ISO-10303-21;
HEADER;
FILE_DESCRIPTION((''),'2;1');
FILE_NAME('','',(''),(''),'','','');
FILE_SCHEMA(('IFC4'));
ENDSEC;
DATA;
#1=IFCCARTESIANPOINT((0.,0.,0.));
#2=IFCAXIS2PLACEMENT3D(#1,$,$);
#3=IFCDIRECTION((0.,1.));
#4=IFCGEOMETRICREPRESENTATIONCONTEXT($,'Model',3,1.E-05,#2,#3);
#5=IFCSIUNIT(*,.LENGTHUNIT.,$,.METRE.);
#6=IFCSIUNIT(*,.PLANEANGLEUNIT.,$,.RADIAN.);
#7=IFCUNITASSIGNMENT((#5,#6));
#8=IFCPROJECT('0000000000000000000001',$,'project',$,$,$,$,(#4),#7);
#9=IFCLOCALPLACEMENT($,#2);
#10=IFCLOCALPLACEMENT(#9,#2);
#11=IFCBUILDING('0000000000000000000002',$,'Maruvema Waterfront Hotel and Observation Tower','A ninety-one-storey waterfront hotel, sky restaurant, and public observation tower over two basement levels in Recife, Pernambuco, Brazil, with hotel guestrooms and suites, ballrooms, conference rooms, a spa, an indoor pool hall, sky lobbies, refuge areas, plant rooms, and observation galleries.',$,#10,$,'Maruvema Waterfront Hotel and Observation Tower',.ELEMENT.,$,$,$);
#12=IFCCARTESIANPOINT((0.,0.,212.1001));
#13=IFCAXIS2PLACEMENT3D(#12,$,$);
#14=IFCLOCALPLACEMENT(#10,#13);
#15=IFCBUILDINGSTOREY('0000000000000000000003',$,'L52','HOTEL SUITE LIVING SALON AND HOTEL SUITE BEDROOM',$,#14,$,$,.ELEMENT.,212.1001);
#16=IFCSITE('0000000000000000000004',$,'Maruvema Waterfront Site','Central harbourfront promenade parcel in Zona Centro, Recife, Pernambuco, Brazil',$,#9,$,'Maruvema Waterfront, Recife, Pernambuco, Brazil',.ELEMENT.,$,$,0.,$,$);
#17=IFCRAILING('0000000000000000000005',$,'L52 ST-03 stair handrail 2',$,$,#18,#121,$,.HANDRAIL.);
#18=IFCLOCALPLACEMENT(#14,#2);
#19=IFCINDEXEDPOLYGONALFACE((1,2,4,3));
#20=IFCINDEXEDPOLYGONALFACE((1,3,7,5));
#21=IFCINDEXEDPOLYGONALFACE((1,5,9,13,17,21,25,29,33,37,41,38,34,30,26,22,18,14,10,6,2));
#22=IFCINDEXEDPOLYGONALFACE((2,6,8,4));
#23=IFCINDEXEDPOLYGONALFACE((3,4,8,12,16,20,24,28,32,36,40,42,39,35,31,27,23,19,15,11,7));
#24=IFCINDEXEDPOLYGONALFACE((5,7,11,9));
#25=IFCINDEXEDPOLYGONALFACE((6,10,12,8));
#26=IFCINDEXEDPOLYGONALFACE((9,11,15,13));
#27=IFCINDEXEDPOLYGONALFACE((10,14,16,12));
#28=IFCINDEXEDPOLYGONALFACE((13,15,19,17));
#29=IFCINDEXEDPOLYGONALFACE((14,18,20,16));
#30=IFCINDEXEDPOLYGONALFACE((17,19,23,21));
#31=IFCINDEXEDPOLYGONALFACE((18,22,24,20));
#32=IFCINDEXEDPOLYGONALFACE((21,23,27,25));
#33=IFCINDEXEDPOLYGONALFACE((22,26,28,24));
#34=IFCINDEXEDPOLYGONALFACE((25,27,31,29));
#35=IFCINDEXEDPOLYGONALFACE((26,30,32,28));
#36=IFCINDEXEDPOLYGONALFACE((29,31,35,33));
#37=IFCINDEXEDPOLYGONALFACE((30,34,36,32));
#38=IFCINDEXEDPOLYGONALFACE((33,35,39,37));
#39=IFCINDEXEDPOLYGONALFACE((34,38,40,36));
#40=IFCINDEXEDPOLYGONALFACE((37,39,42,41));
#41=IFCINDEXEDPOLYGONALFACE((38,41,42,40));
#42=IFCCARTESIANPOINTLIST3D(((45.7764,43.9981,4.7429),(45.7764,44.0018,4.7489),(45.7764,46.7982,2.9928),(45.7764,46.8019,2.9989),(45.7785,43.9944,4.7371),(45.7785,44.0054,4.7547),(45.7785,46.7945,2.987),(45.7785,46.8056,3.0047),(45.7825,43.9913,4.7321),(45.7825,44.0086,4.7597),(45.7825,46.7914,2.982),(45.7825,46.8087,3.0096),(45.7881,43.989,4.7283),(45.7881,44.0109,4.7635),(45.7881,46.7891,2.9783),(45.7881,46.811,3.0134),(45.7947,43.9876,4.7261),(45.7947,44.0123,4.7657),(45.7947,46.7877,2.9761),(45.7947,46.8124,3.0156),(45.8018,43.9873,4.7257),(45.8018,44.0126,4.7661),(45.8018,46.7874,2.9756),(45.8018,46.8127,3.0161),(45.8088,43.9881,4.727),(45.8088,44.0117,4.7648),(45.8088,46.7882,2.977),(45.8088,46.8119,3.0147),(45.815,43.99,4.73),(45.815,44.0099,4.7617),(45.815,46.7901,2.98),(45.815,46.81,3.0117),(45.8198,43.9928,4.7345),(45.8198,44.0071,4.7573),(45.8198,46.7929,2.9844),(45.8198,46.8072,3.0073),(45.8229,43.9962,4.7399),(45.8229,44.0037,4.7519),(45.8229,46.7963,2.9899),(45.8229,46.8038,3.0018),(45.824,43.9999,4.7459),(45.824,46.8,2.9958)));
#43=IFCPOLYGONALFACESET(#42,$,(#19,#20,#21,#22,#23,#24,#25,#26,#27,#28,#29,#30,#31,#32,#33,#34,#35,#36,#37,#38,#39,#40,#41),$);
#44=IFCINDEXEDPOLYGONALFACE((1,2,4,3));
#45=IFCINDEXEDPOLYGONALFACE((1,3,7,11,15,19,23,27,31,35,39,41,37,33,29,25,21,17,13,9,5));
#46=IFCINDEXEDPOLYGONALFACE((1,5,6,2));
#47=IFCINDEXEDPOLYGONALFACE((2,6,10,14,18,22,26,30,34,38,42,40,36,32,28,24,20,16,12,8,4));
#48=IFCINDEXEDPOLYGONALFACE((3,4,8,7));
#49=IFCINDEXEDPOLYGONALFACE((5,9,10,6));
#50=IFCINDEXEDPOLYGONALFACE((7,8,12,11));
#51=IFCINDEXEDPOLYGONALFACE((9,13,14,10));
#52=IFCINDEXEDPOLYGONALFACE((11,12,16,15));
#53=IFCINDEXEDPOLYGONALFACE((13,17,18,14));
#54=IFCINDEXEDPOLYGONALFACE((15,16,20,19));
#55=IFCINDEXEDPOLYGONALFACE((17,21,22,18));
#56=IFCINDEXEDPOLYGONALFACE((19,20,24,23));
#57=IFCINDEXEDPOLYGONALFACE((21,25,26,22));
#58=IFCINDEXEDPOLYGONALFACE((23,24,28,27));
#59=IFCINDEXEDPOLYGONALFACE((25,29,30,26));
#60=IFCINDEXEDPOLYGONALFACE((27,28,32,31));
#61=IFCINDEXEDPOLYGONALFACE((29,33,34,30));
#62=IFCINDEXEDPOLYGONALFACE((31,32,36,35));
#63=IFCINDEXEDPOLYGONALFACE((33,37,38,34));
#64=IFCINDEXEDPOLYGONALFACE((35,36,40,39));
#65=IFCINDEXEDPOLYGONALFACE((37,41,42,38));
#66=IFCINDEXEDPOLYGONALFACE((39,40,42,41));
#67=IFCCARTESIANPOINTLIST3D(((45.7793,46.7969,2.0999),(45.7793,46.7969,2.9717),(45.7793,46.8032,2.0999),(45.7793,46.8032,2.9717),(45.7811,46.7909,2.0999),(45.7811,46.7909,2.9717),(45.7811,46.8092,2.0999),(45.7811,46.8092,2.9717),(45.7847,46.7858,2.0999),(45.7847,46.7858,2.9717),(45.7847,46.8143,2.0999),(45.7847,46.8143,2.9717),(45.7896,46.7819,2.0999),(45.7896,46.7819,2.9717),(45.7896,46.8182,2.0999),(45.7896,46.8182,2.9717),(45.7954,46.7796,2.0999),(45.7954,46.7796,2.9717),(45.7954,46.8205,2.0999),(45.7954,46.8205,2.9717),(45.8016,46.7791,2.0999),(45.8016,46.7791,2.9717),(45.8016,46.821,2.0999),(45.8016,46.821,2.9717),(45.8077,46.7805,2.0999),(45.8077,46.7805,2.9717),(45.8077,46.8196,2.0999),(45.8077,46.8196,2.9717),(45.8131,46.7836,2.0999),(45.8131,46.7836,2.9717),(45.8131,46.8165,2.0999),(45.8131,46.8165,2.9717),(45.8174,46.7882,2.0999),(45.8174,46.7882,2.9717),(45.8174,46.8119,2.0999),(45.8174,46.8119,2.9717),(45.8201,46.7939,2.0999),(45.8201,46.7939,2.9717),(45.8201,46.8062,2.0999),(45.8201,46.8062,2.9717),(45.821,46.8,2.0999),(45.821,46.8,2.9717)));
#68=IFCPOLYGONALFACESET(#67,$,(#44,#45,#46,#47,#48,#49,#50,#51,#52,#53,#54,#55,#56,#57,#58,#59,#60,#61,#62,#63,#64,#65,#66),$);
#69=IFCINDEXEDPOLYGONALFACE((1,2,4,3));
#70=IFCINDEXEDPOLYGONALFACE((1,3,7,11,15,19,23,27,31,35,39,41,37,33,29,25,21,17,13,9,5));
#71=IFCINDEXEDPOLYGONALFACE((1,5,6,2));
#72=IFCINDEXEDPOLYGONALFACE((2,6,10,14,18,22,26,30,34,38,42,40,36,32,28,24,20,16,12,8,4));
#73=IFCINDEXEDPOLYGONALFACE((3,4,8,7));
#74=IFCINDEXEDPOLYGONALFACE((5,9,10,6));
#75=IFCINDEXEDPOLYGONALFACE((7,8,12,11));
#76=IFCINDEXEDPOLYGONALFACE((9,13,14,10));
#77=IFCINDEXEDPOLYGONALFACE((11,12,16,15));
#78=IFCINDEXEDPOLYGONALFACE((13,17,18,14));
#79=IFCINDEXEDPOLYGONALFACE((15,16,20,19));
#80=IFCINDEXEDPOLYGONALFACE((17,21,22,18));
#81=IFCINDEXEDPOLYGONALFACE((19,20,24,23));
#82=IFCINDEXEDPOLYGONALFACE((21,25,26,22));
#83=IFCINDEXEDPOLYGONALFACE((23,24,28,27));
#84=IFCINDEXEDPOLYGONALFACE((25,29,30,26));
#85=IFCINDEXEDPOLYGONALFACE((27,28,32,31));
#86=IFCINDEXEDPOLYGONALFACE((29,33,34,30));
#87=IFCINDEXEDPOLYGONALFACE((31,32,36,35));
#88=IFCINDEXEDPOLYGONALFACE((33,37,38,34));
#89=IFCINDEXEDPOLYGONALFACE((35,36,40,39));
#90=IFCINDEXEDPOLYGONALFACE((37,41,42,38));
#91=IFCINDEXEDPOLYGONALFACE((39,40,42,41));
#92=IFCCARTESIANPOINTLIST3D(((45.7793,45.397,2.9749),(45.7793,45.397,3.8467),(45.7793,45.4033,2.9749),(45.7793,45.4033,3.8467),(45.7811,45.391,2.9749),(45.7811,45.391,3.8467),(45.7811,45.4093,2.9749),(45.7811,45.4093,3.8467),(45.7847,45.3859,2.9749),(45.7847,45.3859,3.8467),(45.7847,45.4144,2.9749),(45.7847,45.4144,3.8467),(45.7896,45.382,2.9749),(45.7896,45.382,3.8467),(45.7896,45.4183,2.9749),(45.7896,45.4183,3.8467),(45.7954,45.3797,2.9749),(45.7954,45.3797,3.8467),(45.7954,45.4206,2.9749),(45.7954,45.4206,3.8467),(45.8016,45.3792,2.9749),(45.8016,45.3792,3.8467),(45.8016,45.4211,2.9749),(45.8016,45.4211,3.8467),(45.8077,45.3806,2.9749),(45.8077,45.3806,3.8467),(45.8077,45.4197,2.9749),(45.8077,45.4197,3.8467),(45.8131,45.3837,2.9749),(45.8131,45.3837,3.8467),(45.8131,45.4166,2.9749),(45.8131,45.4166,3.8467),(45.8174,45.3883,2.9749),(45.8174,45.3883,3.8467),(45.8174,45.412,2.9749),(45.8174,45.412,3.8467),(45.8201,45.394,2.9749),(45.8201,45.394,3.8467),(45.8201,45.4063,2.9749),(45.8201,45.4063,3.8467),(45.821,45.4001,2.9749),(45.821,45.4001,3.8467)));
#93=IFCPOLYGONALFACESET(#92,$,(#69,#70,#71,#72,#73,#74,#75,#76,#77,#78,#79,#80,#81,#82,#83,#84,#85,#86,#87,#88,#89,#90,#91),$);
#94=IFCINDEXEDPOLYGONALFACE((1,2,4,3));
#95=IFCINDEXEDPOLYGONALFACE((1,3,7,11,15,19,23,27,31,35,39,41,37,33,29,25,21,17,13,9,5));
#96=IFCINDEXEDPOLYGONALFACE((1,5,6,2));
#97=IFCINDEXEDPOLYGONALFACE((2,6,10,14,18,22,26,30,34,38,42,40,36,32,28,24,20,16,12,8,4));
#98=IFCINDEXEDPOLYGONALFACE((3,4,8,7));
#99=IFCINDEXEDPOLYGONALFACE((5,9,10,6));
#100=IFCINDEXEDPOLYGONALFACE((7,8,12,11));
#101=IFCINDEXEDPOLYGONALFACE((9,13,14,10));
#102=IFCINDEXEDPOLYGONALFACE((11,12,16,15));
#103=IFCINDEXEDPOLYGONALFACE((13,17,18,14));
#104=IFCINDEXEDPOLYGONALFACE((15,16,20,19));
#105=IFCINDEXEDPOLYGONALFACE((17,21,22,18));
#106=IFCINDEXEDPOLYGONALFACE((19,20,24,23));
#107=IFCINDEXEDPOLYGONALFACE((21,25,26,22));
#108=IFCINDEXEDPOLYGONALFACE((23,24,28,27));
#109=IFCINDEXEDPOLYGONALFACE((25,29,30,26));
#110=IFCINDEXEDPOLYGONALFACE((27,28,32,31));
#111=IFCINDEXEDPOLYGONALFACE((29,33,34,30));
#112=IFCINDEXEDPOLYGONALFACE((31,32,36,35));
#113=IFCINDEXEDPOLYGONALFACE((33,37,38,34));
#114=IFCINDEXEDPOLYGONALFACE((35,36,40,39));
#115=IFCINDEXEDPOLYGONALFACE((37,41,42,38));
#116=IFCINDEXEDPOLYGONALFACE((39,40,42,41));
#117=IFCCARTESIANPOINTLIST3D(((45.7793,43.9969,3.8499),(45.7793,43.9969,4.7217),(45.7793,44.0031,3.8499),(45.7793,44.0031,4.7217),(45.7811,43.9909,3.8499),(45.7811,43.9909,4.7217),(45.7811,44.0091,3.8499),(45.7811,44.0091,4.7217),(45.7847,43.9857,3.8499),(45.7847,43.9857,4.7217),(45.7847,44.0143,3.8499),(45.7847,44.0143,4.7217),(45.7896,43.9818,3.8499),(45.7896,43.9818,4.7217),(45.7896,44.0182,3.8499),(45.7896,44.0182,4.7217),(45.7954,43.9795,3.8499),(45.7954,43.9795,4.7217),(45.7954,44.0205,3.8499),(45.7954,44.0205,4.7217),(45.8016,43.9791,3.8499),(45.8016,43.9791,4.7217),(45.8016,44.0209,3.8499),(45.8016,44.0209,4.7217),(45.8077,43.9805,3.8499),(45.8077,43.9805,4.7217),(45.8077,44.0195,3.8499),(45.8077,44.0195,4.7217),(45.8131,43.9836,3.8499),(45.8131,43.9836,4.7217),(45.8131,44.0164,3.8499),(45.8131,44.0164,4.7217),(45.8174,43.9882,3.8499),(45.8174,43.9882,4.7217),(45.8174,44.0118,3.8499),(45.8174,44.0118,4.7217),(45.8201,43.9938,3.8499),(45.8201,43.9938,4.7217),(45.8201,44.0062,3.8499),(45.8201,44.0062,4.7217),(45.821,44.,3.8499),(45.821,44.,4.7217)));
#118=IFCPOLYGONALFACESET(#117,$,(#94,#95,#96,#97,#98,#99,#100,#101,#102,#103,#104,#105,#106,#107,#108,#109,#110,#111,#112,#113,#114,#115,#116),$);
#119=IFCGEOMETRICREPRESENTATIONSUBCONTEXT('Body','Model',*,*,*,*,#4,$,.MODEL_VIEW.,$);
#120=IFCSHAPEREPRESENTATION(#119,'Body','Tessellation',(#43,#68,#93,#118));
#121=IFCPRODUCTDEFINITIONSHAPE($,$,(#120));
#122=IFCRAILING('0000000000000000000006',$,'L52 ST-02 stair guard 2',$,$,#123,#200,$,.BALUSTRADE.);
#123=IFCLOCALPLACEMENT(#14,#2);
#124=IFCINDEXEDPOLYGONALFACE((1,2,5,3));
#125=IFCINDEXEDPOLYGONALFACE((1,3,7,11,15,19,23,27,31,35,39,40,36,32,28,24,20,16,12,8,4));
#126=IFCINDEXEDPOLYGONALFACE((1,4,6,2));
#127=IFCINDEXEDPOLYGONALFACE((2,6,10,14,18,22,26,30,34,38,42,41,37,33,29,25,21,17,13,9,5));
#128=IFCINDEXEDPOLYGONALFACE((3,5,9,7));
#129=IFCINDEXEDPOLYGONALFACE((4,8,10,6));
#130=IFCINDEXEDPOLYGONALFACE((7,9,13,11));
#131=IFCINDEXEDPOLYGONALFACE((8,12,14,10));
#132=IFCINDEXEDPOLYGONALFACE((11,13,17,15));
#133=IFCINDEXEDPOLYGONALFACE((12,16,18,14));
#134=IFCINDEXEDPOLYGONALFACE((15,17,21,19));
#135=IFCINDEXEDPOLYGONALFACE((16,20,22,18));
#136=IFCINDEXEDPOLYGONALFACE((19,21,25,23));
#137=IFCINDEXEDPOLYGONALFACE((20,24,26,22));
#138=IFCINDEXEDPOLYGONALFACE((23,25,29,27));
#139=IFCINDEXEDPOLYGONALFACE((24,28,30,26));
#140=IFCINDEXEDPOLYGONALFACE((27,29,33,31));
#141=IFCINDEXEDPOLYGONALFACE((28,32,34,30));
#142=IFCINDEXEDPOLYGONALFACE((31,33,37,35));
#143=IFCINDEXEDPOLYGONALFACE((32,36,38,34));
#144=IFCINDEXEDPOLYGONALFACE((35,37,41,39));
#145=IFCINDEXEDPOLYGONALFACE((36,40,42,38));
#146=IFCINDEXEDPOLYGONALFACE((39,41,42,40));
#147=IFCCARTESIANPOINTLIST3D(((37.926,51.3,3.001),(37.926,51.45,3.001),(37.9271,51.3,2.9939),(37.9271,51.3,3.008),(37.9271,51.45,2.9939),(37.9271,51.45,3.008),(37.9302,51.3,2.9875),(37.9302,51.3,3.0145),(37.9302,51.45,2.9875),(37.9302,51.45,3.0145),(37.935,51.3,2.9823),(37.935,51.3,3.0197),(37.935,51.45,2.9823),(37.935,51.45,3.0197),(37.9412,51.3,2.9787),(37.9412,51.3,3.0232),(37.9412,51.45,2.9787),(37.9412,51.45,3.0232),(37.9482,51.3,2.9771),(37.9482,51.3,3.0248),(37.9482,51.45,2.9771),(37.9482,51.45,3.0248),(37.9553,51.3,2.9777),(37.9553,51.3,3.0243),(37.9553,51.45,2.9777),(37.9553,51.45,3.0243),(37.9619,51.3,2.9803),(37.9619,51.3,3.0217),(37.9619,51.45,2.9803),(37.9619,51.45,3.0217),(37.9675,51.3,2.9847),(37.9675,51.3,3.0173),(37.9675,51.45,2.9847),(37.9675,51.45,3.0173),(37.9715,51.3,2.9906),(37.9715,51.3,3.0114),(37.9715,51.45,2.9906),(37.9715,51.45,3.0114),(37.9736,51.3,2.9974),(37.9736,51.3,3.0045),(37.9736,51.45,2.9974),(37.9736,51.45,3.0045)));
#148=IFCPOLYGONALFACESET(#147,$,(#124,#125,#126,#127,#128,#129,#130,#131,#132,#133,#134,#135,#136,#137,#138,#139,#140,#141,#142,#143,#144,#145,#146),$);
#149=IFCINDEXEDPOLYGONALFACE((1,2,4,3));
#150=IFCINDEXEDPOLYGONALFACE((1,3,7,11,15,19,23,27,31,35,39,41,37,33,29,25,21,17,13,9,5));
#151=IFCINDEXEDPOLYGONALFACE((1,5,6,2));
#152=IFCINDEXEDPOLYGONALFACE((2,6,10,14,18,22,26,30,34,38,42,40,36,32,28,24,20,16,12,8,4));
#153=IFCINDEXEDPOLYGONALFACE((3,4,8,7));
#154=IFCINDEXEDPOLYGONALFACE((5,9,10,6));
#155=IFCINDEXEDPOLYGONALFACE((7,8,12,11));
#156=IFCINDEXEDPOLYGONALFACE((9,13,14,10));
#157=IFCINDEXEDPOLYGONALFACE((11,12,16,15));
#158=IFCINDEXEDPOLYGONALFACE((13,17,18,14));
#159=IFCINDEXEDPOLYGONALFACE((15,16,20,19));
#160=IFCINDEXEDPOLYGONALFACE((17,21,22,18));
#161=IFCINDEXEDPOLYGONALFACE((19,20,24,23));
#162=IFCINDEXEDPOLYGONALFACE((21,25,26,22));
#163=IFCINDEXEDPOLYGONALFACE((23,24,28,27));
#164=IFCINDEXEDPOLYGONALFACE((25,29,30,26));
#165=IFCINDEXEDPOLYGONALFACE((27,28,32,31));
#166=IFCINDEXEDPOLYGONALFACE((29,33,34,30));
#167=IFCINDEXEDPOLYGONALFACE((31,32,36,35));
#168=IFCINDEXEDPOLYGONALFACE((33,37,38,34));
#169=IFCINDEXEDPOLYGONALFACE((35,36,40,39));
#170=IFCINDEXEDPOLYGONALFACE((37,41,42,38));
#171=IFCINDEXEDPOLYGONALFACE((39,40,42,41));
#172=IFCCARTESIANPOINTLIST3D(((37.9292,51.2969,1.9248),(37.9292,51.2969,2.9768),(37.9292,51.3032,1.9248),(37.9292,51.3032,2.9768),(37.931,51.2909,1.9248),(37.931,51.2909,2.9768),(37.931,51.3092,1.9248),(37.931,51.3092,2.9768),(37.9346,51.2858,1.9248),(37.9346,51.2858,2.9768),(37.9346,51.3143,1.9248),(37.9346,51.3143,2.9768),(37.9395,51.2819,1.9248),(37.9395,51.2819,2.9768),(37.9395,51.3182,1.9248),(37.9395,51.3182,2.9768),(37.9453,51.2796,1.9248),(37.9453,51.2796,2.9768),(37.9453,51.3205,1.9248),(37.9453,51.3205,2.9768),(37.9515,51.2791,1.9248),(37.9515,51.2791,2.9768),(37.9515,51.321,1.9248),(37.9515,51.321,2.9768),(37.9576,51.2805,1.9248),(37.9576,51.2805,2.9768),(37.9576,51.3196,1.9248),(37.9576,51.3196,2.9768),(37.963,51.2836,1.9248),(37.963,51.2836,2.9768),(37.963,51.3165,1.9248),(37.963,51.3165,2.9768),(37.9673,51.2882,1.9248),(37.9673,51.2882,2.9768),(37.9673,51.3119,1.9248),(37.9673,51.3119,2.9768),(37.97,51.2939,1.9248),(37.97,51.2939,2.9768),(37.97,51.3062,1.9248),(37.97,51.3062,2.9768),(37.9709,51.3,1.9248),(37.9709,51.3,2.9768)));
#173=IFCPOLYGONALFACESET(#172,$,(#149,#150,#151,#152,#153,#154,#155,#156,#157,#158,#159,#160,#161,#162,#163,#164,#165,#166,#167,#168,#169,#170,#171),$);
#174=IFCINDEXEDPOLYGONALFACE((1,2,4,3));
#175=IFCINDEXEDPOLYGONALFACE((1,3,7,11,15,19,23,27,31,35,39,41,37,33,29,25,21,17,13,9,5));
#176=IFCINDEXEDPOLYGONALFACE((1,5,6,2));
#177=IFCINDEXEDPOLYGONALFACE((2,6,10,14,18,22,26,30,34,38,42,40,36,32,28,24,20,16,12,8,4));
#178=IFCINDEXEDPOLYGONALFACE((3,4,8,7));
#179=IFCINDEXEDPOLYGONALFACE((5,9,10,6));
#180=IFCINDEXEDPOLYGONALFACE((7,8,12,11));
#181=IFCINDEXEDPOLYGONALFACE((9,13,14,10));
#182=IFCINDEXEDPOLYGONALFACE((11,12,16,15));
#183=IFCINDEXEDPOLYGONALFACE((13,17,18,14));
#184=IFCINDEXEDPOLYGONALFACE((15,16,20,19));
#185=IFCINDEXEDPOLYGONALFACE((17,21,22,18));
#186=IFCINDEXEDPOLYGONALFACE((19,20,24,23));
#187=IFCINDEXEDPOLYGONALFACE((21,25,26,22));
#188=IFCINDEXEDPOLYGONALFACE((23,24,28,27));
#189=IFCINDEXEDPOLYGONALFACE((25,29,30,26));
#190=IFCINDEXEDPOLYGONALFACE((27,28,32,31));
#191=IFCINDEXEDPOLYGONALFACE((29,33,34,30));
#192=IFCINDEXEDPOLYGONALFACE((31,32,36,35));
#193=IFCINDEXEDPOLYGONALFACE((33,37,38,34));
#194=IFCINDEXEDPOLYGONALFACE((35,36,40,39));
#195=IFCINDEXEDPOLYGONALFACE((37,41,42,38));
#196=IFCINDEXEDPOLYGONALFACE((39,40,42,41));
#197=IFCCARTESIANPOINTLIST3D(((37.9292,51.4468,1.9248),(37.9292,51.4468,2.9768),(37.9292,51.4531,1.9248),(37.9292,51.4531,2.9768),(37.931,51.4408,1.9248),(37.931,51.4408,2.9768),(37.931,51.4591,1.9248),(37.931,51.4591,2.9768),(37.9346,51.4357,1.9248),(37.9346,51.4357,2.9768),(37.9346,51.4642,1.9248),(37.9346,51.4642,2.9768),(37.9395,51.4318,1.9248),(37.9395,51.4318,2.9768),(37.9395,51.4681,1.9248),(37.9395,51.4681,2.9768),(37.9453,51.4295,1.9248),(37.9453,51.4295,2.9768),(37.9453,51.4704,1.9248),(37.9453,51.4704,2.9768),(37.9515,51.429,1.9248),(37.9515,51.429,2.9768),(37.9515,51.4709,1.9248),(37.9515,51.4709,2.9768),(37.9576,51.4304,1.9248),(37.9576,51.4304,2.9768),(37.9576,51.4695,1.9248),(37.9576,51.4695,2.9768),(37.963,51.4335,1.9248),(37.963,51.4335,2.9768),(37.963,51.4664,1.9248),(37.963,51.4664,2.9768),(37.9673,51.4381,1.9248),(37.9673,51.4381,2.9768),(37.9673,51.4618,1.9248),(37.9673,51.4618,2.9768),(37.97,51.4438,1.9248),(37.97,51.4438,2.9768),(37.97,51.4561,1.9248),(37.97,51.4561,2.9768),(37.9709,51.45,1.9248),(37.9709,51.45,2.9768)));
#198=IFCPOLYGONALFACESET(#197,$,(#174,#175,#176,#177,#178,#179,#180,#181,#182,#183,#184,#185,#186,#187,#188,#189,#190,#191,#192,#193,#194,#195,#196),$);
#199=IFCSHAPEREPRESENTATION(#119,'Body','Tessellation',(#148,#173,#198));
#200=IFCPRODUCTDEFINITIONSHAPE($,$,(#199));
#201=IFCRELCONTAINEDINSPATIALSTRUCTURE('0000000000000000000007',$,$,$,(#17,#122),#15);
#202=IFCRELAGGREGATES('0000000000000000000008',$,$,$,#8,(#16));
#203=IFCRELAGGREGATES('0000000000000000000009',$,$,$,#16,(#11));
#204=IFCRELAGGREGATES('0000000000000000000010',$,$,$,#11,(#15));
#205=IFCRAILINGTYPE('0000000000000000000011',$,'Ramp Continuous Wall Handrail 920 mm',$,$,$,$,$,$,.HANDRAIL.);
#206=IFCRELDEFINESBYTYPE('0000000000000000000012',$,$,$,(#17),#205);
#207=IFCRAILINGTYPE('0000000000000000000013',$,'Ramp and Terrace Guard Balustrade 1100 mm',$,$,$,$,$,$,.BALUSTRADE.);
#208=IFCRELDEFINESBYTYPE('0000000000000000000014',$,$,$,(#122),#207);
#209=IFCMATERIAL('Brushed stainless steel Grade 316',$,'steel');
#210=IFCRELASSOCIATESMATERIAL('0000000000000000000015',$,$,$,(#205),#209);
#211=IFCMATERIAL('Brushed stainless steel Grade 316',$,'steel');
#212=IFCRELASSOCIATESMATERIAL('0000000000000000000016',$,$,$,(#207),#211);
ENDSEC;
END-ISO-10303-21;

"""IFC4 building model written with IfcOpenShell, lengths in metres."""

from ifc_helpers import new_model, si_unit, direction, frame, origin, origin_2d, place, context, subcontext, project, spatial, circle, extrude, material, type_object, element, save


model = new_model("IFC4")

# Units and contexts
model_context = context("Model", 3, precision=1e-05, world=origin(), true_north=direction((0.0, 1.0)))
body_context = subcontext(model_context, "Body", "Model", "MODEL_VIEW")
ifc_project = project(units=[si_unit("LENGTHUNIT", "METRE"), si_unit("PLANEANGLEUNIT", "RADIAN")], contexts=[model_context])

# Site, building, storey
site_placement = place(None, origin())
site = spatial("IfcSite", under=ifc_project, at=site_placement, Name="Maruvema Waterfront Site", Description="Central harbourfront promenade parcel in Zona Centro, Recife, Pernambuco, Brazil", LongName="Maruvema Waterfront, Recife, Pernambuco, Brazil", CompositionType="ELEMENT", RefElevation=0.0)
building_placement = place(site_placement, origin())
building = spatial("IfcBuilding", under=site, at=building_placement, Name="Maruvema Waterfront Hotel and Observation Tower", Description="A ninety-one-storey waterfront hotel, sky restaurant, and public observation tower over two basement levels in Recife, Pernambuco, Brazil, with hotel guestrooms and suites, ballrooms, conference rooms, a spa, an indoor pool hall, sky lobbies, refuge areas, plant rooms, and observation galleries.", LongName="Maruvema Waterfront Hotel and Observation Tower", CompositionType="ELEMENT")
storey_placement = place(building_placement, frame((0.0, 0.0, 212.1001)))
storey = spatial("IfcBuildingStorey", under=building, at=storey_placement, Name="L52", Description="HOTEL SUITE LIVING SALON AND HOTEL SUITE BEDROOM", CompositionType="ELEMENT", Elevation=212.1001)

# Railings
ifc_material_1 = material(Name="Brushed stainless steel Grade 316", Category="steel")
railing_type_1 = type_object("IfcRailingType", Name="Ramp Continuous Wall Handrail 920 mm", PredefinedType="HANDRAIL", material=ifc_material_1)
railing_1_placement = place(storey_placement, frame((45.8, 46.8, 2.0999)))
element("IfcRailing", 1, at=railing_1_placement, inside=storey, type_object=railing_type_1, Name="L52 ST-03 stair handrail 2", PredefinedType="HANDRAIL", context=body_context, shape_type="SweptSolid", body=[
    extrude(circle(Radius=0.0239, at=origin_2d()), frame((0.0, 0.0, 0.896), z_axis=(0.0, -0.848002, 0.529992), x_axis=(1.0, 0.0, 0.0)), (0.0, 0.0, 1.0), 3.302),
    extrude(circle(Radius=0.021, at=origin_2d()), origin(), (0.0, 0.0, 1.0), 0.8718),
    extrude(circle(Radius=0.021, at=origin_2d()), frame((0.0, -1.3999, 0.875)), (0.0, 0.0, 1.0), 0.8718),
    extrude(circle(Radius=0.021, at=origin_2d()), frame((0.0, -2.8, 1.75)), (0.0, 0.0, 1.0), 0.8718),
])
ifc_material_2 = material(Name="Brushed stainless steel Grade 316", Category="steel")
railing_type_2 = type_object("IfcRailingType", Name="Ramp and Terrace Guard Balustrade 1100 mm", PredefinedType="BALUSTRADE", material=ifc_material_2)
railing_2_placement = place(storey_placement, frame((37.95, 51.3, 1.9248)))
element("IfcRailing", 2, at=railing_2_placement, inside=storey, type_object=railing_type_2, Name="L52 ST-02 stair guard 2", PredefinedType="BALUSTRADE", context=body_context, shape_type="SweptSolid", body=[
    extrude(circle(Radius=0.0239, at=origin_2d()), frame((0.0, 0.0, 1.0762), z_axis=(0.0, 1.0, 0.0), x_axis=(-1.0, 0.0, 0.0)), (0.0, 0.0, 1.0), 0.1499),
    extrude(circle(Radius=0.021, at=origin_2d()), origin(), (0.0, 0.0, 1.0), 1.052),
    extrude(circle(Radius=0.021, at=origin_2d()), frame((0.0, 0.1499, 0.0)), (0.0, 0.0, 1.0), 1.052),
])

save(model, "model.ifc")
